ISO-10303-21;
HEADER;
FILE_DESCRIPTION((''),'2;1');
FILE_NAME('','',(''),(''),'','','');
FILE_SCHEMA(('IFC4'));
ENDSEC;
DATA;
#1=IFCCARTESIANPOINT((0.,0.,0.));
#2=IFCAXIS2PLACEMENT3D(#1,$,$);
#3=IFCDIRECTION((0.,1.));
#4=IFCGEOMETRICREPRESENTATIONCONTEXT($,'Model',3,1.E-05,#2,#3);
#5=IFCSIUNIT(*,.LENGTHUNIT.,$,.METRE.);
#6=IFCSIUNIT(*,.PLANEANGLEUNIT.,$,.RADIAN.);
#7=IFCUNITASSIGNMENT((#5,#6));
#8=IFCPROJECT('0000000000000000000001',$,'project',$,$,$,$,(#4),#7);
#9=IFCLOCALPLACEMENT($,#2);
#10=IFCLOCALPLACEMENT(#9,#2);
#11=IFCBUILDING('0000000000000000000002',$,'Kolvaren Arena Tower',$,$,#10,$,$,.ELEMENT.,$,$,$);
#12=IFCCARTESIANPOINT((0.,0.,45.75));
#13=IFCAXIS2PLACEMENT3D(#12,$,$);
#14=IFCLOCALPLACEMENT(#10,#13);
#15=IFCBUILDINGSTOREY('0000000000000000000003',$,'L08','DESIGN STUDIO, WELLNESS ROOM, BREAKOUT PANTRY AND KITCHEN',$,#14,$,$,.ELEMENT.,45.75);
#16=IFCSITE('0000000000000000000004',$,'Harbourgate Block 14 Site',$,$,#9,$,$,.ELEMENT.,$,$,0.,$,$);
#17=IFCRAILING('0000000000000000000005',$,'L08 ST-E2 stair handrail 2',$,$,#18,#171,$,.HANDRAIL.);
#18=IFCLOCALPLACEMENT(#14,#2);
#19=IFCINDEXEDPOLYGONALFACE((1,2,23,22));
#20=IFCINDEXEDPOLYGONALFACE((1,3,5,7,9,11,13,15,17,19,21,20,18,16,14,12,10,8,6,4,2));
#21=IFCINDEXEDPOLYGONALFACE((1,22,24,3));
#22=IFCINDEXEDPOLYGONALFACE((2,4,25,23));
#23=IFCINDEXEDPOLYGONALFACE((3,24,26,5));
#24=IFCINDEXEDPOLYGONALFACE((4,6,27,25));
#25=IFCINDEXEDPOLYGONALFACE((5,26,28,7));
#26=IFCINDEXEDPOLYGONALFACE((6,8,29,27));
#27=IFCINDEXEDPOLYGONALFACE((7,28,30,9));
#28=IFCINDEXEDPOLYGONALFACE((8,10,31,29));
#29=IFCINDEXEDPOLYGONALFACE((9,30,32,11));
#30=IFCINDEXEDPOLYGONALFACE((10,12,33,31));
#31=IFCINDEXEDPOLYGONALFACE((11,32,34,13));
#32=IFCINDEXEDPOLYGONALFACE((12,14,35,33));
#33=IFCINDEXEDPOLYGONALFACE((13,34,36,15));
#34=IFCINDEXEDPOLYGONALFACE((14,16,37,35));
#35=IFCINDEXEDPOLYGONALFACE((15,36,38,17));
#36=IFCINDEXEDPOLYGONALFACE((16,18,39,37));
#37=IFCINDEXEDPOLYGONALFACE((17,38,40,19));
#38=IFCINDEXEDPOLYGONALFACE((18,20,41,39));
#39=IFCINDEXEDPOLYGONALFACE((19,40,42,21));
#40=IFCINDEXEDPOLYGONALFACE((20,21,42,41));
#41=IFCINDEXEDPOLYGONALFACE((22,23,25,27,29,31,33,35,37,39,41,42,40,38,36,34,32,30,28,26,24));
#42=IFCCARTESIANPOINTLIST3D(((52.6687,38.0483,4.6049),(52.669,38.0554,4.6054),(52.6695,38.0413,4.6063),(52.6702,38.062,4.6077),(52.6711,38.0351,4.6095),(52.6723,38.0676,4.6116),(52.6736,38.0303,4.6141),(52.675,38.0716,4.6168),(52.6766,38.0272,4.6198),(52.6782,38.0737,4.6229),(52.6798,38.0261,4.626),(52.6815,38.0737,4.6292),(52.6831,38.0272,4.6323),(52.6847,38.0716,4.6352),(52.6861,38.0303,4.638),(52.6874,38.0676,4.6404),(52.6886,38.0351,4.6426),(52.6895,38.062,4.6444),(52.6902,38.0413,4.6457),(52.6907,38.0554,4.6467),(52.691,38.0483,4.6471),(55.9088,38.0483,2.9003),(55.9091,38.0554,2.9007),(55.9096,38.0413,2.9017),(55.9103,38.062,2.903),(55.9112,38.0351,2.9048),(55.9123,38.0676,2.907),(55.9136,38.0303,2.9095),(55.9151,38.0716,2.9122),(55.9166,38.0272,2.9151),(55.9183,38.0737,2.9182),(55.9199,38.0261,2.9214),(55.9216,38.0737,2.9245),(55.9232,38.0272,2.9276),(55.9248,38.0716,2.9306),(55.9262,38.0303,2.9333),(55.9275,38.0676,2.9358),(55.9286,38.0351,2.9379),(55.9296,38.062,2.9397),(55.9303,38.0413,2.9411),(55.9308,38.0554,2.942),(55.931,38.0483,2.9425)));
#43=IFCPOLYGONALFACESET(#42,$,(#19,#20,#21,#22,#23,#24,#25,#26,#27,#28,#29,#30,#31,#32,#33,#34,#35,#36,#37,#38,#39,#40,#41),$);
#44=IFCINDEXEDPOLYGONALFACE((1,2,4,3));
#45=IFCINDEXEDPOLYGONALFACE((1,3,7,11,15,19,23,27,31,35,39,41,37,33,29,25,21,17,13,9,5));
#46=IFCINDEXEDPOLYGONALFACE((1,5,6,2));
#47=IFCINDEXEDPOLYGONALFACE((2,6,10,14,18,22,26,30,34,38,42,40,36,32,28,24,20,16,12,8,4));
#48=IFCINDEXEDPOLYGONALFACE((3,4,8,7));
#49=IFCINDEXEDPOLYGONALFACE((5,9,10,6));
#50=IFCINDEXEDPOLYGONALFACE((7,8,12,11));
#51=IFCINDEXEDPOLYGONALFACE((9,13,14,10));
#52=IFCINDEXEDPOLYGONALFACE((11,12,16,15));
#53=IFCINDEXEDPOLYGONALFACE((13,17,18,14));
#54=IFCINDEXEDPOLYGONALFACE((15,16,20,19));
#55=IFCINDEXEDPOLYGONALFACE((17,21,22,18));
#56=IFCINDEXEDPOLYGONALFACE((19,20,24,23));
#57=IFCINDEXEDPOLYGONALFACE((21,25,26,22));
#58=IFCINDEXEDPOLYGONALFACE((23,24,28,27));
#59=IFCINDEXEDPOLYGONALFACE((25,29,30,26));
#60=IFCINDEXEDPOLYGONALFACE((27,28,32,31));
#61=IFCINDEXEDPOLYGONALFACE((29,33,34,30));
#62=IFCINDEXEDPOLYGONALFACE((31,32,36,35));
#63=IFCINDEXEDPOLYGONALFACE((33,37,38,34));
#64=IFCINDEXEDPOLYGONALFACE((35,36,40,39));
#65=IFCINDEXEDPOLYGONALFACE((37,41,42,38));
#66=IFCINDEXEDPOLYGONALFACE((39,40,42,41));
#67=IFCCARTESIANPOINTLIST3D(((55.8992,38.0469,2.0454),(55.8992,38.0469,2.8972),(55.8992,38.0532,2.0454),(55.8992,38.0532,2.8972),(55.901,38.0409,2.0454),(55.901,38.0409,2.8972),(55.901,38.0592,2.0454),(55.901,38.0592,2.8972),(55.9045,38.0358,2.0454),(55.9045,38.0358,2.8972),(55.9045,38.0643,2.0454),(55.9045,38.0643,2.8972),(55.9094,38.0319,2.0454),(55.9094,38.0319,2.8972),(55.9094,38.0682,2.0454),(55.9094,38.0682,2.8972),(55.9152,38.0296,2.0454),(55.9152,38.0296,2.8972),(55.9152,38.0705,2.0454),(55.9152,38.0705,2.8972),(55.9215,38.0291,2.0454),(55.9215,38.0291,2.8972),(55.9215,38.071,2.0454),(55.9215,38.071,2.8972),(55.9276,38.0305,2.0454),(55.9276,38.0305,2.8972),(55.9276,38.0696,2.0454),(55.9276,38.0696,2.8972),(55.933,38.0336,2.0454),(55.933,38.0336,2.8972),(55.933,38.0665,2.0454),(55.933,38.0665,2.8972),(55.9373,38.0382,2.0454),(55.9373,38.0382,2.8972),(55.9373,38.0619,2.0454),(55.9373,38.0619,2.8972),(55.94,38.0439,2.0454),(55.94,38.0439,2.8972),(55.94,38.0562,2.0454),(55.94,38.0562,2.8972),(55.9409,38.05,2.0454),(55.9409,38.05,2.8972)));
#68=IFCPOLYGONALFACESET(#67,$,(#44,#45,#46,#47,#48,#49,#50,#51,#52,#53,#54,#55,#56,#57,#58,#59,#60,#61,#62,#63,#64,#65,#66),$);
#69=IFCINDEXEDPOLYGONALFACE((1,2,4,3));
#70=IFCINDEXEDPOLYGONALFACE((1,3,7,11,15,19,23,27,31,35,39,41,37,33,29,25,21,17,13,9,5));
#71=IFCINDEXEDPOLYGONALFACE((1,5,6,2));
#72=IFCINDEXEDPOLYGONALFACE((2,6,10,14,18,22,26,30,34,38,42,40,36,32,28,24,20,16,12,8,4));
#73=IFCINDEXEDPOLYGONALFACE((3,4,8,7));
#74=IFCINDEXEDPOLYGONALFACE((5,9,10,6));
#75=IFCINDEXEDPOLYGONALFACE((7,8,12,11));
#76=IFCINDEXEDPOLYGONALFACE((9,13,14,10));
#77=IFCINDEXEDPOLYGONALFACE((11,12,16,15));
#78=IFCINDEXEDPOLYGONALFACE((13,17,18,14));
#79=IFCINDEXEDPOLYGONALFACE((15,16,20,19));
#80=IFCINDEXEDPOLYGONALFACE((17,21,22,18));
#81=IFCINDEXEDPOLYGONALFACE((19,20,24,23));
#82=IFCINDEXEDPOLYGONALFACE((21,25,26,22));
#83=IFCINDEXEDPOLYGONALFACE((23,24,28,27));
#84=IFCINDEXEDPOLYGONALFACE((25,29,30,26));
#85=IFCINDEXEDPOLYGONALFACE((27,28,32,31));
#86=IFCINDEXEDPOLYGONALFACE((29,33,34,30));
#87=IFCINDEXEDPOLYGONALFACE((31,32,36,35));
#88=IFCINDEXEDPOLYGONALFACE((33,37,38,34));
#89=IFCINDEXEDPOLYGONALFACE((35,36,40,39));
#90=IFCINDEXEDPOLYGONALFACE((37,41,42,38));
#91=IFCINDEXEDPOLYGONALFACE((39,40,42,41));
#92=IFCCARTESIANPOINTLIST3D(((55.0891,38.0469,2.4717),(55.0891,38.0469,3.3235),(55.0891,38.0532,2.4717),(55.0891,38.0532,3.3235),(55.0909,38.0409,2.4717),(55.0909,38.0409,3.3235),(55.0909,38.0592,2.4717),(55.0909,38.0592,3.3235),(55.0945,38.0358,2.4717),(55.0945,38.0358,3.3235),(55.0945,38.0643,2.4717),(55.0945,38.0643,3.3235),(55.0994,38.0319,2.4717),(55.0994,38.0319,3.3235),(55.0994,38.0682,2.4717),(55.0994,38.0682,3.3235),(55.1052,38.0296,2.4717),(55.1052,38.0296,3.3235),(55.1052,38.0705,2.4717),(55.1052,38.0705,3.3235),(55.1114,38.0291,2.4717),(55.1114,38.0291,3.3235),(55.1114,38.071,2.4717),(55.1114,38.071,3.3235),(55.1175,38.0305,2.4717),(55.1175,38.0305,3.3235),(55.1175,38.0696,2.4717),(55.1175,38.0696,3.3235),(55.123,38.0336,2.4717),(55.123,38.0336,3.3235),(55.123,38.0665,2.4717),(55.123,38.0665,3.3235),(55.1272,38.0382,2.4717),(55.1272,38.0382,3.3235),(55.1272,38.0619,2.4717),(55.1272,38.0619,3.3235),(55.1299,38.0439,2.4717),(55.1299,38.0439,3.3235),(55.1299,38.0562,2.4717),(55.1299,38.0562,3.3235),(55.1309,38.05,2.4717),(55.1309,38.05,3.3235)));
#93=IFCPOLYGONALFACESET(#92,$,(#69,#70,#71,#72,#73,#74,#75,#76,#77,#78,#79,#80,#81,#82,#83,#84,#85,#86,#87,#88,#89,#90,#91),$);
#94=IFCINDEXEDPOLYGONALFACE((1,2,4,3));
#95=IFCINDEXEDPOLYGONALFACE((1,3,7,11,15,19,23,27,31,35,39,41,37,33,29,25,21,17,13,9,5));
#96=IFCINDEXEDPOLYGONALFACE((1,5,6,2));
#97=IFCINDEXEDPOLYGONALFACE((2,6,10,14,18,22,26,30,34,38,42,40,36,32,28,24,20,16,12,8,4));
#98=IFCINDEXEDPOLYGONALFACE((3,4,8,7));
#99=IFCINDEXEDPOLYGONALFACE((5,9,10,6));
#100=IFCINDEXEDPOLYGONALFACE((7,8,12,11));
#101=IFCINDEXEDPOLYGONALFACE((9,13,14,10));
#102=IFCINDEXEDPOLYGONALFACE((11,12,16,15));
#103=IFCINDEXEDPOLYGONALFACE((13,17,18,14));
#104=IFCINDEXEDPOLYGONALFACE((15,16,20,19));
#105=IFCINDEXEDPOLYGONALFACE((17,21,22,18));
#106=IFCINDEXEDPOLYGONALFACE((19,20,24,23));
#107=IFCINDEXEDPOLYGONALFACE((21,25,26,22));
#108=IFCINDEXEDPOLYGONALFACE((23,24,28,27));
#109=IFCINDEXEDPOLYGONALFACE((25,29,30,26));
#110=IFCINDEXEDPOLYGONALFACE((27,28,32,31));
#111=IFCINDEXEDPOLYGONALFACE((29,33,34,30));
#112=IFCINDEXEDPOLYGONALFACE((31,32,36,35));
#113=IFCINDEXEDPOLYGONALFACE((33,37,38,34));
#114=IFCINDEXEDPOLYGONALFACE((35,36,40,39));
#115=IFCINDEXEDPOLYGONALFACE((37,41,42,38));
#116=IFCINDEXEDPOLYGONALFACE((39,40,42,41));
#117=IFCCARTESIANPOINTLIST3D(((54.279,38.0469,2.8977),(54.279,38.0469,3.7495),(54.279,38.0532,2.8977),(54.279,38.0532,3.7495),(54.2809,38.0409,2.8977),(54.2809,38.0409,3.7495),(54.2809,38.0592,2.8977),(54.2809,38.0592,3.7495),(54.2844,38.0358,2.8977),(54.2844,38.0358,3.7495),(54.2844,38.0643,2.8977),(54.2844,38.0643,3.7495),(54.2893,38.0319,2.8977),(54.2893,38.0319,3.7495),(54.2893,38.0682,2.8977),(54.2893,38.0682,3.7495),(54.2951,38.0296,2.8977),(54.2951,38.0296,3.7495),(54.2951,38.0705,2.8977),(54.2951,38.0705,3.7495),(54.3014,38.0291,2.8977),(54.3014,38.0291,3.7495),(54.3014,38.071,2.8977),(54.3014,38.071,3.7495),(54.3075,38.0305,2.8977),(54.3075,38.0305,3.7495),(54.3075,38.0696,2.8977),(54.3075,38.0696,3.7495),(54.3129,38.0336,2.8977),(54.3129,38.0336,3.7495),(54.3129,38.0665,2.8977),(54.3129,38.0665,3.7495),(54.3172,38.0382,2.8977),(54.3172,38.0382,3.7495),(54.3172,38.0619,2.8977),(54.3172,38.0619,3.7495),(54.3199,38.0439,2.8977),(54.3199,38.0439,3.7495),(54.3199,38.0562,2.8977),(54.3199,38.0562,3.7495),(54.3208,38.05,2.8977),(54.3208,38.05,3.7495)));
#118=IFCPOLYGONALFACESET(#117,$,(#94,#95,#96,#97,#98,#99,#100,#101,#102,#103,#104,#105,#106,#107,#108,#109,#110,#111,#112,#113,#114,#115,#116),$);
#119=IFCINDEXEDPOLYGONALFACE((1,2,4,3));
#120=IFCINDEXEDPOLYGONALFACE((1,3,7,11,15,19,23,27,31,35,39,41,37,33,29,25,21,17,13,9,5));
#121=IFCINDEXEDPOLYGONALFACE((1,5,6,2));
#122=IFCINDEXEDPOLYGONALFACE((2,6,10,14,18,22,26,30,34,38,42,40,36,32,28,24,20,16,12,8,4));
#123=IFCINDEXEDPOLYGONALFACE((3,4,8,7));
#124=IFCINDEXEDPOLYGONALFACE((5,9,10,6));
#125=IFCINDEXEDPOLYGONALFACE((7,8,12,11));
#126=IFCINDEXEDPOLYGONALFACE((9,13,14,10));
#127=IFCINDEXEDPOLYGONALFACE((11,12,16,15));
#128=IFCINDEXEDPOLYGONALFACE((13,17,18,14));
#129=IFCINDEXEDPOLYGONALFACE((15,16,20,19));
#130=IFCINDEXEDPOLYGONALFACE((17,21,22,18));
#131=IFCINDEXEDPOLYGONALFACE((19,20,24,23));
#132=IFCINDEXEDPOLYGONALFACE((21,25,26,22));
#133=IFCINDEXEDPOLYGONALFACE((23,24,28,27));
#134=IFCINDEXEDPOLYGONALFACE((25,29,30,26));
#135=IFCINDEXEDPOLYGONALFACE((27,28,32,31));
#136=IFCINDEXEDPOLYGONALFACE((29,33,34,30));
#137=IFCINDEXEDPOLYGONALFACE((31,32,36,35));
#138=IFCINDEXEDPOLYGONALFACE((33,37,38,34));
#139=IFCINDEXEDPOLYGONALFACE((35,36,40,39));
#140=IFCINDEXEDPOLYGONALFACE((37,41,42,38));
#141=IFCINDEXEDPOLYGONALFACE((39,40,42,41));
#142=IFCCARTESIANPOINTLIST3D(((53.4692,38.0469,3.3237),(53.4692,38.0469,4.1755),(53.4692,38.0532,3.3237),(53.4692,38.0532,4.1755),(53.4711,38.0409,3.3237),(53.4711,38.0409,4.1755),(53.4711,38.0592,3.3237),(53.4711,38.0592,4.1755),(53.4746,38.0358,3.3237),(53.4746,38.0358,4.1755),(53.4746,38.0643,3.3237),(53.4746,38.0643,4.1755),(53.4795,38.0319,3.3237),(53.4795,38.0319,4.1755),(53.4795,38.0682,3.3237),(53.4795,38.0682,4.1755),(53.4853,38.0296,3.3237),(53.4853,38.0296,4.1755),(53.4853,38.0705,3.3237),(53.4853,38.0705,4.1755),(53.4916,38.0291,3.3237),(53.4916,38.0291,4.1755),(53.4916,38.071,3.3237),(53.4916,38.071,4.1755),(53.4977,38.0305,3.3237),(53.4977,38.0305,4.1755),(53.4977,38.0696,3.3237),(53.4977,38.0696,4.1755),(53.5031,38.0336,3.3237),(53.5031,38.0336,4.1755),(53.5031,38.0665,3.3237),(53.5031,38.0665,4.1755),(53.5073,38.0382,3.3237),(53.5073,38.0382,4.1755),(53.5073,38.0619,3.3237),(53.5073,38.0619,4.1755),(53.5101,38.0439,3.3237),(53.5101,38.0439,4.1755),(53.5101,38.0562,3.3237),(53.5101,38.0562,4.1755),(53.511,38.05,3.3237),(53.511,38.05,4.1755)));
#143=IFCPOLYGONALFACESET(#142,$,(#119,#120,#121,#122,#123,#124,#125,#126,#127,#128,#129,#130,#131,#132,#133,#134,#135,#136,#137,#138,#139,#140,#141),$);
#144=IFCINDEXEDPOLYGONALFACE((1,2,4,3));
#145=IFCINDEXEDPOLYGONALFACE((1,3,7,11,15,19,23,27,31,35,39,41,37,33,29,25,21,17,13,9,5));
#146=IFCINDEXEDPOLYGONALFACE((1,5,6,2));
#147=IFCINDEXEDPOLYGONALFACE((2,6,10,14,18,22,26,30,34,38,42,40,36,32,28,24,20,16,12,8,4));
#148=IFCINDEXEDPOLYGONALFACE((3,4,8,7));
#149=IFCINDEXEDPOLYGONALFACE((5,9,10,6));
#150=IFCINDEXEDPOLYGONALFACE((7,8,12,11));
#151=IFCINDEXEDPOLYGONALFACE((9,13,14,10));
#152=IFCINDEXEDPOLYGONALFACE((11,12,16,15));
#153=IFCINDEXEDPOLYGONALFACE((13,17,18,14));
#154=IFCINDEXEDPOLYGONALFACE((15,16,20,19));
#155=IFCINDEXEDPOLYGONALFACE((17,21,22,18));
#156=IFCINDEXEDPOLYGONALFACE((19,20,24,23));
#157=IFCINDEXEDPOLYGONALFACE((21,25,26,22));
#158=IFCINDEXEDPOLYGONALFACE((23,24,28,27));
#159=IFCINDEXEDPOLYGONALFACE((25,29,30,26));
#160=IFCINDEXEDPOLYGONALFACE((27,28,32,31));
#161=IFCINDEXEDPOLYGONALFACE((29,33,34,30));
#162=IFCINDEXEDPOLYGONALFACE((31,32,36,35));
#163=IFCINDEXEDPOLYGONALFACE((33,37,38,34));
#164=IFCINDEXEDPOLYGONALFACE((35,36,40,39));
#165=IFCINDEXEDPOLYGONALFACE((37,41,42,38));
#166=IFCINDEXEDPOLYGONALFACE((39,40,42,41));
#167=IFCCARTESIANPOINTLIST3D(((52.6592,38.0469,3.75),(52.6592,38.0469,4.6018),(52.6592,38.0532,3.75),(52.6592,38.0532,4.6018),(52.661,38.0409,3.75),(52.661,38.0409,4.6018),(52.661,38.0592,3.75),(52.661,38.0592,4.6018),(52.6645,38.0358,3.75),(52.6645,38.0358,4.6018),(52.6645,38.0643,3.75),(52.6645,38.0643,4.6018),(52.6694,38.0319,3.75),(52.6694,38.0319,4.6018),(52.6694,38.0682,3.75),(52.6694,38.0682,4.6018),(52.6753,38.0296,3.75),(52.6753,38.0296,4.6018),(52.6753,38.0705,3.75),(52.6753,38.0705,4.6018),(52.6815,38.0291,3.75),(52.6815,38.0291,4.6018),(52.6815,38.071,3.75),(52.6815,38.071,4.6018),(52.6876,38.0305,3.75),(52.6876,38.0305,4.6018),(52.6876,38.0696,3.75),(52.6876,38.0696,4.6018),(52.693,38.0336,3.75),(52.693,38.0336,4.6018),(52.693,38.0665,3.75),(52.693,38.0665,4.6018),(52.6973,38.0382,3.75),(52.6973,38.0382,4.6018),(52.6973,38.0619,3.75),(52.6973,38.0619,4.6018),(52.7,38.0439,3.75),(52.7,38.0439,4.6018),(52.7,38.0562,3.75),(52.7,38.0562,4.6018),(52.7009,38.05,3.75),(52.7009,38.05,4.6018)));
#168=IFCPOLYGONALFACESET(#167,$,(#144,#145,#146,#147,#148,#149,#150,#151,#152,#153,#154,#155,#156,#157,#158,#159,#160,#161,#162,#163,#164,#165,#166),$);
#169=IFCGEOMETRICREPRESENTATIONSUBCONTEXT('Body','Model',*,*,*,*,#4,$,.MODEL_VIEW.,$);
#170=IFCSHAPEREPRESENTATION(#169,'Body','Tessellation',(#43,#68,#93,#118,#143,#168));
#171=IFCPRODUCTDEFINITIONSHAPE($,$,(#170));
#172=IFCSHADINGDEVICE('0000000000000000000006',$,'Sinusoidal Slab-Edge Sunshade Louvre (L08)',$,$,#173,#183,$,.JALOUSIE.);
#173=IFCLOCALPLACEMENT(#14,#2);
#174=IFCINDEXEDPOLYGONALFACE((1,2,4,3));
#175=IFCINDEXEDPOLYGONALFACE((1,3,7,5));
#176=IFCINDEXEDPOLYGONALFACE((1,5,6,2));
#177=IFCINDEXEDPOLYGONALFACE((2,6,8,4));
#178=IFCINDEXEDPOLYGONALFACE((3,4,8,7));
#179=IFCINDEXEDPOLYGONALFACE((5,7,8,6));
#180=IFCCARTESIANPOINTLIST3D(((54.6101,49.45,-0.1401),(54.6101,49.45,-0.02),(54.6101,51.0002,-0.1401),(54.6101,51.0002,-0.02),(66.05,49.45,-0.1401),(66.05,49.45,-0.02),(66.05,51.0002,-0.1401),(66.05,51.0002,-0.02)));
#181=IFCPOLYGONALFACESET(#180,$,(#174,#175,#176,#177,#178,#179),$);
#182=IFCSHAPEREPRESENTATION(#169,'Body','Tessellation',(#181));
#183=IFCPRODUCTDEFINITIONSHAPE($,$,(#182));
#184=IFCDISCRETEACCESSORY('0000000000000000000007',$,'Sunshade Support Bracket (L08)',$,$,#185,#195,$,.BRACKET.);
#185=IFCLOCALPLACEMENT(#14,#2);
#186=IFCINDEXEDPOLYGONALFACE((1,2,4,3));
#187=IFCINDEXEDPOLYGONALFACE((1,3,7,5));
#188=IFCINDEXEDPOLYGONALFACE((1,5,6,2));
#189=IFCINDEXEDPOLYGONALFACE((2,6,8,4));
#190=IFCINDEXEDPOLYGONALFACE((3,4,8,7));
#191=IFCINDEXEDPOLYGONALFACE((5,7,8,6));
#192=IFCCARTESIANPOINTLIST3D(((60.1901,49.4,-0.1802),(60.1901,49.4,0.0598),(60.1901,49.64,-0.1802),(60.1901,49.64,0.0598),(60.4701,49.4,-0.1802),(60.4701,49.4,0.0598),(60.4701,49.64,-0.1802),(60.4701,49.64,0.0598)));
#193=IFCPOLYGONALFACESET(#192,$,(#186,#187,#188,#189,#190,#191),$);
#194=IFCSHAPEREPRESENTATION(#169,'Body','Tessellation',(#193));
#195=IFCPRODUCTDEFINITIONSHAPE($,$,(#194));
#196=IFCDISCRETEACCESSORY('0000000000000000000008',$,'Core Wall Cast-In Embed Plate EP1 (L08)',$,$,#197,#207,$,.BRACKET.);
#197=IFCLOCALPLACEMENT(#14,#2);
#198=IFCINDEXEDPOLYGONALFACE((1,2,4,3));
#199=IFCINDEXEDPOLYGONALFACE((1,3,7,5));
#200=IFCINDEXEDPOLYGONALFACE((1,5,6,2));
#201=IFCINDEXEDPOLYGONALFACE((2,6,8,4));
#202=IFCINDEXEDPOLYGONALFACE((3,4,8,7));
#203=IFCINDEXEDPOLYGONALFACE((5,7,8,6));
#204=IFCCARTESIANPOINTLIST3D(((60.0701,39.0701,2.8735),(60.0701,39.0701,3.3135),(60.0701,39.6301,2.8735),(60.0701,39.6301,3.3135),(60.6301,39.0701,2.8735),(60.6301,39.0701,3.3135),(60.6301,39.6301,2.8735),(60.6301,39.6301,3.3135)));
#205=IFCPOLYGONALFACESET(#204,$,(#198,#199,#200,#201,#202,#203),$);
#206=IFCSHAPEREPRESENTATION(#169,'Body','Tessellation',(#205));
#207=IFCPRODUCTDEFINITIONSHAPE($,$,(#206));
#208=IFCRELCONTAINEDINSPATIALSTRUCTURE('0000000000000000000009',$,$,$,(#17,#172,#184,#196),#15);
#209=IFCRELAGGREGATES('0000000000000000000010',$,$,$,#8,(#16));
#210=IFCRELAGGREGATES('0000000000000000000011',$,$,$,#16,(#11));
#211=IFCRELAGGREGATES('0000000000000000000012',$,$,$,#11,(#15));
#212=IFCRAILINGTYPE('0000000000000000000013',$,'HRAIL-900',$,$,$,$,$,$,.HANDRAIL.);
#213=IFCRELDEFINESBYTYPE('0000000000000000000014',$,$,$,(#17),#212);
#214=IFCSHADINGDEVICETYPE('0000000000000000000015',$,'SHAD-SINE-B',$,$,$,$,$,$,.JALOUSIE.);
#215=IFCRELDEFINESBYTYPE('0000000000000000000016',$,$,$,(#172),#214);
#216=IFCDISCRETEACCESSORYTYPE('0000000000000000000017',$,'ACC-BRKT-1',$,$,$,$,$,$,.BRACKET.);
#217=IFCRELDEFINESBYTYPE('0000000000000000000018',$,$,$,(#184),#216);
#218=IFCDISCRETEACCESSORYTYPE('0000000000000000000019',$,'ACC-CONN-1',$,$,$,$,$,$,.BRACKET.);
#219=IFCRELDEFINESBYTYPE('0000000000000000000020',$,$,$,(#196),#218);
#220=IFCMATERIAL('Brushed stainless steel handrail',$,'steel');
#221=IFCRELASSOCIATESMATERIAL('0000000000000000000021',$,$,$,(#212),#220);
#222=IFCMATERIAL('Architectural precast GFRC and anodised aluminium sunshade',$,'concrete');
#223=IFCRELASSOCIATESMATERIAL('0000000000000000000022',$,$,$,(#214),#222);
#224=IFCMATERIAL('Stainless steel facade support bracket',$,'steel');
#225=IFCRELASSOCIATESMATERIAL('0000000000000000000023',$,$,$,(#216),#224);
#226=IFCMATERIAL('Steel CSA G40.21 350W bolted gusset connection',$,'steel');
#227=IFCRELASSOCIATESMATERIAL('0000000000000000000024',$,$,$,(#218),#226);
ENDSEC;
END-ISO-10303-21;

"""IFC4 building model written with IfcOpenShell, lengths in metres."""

from ifc_helpers import new_model, si_unit, direction, frame, origin, origin_2d, place, context, subcontext, project, spatial, rectangle, circle, extrude, material, type_object, element, save


model = new_model("IFC4")

# Units and contexts
model_context = context("Model", 3, precision=1e-05, world=origin(), true_north=direction((0.0, 1.0)))
body_context = subcontext(model_context, "Body", "Model", "MODEL_VIEW")
ifc_project = project(units=[si_unit("LENGTHUNIT", "METRE"), si_unit("PLANEANGLEUNIT", "RADIAN")], contexts=[model_context])

# Site, building, storey
site_placement = place(None, origin())
site = spatial("IfcSite", under=ifc_project, at=site_placement, Name="Harbourgate Block 14 Site", CompositionType="ELEMENT", RefElevation=0.0)
building_placement = place(site_placement, origin())
building = spatial("IfcBuilding", under=site, at=building_placement, Name="Kolvaren Arena Tower", CompositionType="ELEMENT")
storey_placement = place(building_placement, frame((0.0, 0.0, 45.75)))
storey = spatial("IfcBuildingStorey", under=building, at=storey_placement, Name="L08", Description="DESIGN STUDIO, WELLNESS ROOM, BREAKOUT PANTRY AND KITCHEN", CompositionType="ELEMENT", Elevation=45.75)

# Railing
ifc_material_1 = material(Name="Brushed stainless steel handrail", Category="steel")
railing_type = type_object("IfcRailingType", Name="HRAIL-900", PredefinedType="HANDRAIL", material=ifc_material_1)
railing_placement = place(storey_placement, frame((55.9199, 38.05, 2.0454)))
element("IfcRailing", 1, at=railing_placement, inside=storey, type_object=railing_type, Name="L08 ST-E2 stair handrail 2", PredefinedType="HANDRAIL", context=body_context, shape_type="SweptSolid", body=[
    extrude(circle(Radius=0.0239, at=origin_2d()), frame((0.0, 0.0, 0.876), z_axis=(-0.884993, 0.0, 0.465604), x_axis=(0.0, -1.0, 0.0)), (0.0, 0.0, 1.0), 3.6611),
    extrude(circle(Radius=0.021, at=origin_2d()), origin(), (0.0, 0.0, 1.0), 0.8518),
    extrude(circle(Radius=0.021, at=origin_2d()), frame((-0.8101, 0.0, 0.4263)), (0.0, 0.0, 1.0), 0.8518),
    extrude(circle(Radius=0.021, at=origin_2d()), frame((-1.6201, 0.0, 0.8523)), (0.0, 0.0, 1.0), 0.8518),
    extrude(circle(Radius=0.021, at=origin_2d()), frame((-2.4299, 0.0, 1.2783)), (0.0, 0.0, 1.0), 0.8518),
    extrude(circle(Radius=0.021, at=origin_2d()), frame((-3.24, 0.0, 1.7046)), (0.0, 0.0, 1.0), 0.8518),
])

# Shading device
ifc_material_2 = material(Name="Architectural precast GFRC and anodised aluminium sunshade", Category="concrete")
shading_device_type = type_object("IfcShadingDeviceType", Name="SHAD-SINE-B", PredefinedType="JALOUSIE", material=ifc_material_2)
shading_device_placement = place(storey_placement, frame((60.3301, 50.2251, -0.1401), z_axis=(0.0, 0.0, 1.0), x_axis=(1.0, 0.0, 0.0)))
element("IfcShadingDevice", 2, at=shading_device_placement, inside=storey, type_object=shading_device_type, Name="Sinusoidal Slab-Edge Sunshade Louvre (L08)", PredefinedType="JALOUSIE", context=body_context, shape_type="SweptSolid", body=[
    extrude(rectangle(XDim=11.4399, YDim=1.5503, at=origin_2d()), origin(), (0.0, 0.0, 1.0), 0.1201),
])

# Discrete accessories
ifc_material_3 = material(Name="Stainless steel facade support bracket", Category="steel")
discrete_accessory_type_1 = type_object("IfcDiscreteAccessoryType", Name="ACC-BRKT-1", PredefinedType="BRACKET", material=ifc_material_3)
discrete_accessory_1_placement = place(storey_placement, frame((60.3301, 49.52, -0.1802), z_axis=(0.0, 0.0, 1.0), x_axis=(1.0, 0.0, 0.0)))
element("IfcDiscreteAccessory", 3, at=discrete_accessory_1_placement, inside=storey, type_object=discrete_accessory_type_1, Name="Sunshade Support Bracket (L08)", PredefinedType="BRACKET", context=body_context, shape_type="SweptSolid", body=[
    extrude(rectangle(XDim=0.28, YDim=0.24, at=origin_2d()), origin(), (0.0, 0.0, 1.0), 0.24),
])
ifc_material_4 = material(Name="Steel CSA G40.21 350W bolted gusset connection", Category="steel")
discrete_accessory_type_2 = type_object("IfcDiscreteAccessoryType", Name="ACC-CONN-1", PredefinedType="BRACKET", material=ifc_material_4)
discrete_accessory_2_placement = place(storey_placement, frame((60.3501, 39.3501, 2.8735), z_axis=(0.0, 0.0, 1.0), x_axis=(1.0, 0.0, 0.0)))
element("IfcDiscreteAccessory", 4, at=discrete_accessory_2_placement, inside=storey, type_object=discrete_accessory_type_2, Name="Core Wall Cast-In Embed Plate EP1 (L08)", PredefinedType="BRACKET", context=body_context, shape_type="SweptSolid", body=[
    extrude(rectangle(XDim=0.5601, YDim=0.5601, at=origin_2d()), origin(), (0.0, 0.0, 1.0), 0.4399),
])

save(model, "model.ifc")
